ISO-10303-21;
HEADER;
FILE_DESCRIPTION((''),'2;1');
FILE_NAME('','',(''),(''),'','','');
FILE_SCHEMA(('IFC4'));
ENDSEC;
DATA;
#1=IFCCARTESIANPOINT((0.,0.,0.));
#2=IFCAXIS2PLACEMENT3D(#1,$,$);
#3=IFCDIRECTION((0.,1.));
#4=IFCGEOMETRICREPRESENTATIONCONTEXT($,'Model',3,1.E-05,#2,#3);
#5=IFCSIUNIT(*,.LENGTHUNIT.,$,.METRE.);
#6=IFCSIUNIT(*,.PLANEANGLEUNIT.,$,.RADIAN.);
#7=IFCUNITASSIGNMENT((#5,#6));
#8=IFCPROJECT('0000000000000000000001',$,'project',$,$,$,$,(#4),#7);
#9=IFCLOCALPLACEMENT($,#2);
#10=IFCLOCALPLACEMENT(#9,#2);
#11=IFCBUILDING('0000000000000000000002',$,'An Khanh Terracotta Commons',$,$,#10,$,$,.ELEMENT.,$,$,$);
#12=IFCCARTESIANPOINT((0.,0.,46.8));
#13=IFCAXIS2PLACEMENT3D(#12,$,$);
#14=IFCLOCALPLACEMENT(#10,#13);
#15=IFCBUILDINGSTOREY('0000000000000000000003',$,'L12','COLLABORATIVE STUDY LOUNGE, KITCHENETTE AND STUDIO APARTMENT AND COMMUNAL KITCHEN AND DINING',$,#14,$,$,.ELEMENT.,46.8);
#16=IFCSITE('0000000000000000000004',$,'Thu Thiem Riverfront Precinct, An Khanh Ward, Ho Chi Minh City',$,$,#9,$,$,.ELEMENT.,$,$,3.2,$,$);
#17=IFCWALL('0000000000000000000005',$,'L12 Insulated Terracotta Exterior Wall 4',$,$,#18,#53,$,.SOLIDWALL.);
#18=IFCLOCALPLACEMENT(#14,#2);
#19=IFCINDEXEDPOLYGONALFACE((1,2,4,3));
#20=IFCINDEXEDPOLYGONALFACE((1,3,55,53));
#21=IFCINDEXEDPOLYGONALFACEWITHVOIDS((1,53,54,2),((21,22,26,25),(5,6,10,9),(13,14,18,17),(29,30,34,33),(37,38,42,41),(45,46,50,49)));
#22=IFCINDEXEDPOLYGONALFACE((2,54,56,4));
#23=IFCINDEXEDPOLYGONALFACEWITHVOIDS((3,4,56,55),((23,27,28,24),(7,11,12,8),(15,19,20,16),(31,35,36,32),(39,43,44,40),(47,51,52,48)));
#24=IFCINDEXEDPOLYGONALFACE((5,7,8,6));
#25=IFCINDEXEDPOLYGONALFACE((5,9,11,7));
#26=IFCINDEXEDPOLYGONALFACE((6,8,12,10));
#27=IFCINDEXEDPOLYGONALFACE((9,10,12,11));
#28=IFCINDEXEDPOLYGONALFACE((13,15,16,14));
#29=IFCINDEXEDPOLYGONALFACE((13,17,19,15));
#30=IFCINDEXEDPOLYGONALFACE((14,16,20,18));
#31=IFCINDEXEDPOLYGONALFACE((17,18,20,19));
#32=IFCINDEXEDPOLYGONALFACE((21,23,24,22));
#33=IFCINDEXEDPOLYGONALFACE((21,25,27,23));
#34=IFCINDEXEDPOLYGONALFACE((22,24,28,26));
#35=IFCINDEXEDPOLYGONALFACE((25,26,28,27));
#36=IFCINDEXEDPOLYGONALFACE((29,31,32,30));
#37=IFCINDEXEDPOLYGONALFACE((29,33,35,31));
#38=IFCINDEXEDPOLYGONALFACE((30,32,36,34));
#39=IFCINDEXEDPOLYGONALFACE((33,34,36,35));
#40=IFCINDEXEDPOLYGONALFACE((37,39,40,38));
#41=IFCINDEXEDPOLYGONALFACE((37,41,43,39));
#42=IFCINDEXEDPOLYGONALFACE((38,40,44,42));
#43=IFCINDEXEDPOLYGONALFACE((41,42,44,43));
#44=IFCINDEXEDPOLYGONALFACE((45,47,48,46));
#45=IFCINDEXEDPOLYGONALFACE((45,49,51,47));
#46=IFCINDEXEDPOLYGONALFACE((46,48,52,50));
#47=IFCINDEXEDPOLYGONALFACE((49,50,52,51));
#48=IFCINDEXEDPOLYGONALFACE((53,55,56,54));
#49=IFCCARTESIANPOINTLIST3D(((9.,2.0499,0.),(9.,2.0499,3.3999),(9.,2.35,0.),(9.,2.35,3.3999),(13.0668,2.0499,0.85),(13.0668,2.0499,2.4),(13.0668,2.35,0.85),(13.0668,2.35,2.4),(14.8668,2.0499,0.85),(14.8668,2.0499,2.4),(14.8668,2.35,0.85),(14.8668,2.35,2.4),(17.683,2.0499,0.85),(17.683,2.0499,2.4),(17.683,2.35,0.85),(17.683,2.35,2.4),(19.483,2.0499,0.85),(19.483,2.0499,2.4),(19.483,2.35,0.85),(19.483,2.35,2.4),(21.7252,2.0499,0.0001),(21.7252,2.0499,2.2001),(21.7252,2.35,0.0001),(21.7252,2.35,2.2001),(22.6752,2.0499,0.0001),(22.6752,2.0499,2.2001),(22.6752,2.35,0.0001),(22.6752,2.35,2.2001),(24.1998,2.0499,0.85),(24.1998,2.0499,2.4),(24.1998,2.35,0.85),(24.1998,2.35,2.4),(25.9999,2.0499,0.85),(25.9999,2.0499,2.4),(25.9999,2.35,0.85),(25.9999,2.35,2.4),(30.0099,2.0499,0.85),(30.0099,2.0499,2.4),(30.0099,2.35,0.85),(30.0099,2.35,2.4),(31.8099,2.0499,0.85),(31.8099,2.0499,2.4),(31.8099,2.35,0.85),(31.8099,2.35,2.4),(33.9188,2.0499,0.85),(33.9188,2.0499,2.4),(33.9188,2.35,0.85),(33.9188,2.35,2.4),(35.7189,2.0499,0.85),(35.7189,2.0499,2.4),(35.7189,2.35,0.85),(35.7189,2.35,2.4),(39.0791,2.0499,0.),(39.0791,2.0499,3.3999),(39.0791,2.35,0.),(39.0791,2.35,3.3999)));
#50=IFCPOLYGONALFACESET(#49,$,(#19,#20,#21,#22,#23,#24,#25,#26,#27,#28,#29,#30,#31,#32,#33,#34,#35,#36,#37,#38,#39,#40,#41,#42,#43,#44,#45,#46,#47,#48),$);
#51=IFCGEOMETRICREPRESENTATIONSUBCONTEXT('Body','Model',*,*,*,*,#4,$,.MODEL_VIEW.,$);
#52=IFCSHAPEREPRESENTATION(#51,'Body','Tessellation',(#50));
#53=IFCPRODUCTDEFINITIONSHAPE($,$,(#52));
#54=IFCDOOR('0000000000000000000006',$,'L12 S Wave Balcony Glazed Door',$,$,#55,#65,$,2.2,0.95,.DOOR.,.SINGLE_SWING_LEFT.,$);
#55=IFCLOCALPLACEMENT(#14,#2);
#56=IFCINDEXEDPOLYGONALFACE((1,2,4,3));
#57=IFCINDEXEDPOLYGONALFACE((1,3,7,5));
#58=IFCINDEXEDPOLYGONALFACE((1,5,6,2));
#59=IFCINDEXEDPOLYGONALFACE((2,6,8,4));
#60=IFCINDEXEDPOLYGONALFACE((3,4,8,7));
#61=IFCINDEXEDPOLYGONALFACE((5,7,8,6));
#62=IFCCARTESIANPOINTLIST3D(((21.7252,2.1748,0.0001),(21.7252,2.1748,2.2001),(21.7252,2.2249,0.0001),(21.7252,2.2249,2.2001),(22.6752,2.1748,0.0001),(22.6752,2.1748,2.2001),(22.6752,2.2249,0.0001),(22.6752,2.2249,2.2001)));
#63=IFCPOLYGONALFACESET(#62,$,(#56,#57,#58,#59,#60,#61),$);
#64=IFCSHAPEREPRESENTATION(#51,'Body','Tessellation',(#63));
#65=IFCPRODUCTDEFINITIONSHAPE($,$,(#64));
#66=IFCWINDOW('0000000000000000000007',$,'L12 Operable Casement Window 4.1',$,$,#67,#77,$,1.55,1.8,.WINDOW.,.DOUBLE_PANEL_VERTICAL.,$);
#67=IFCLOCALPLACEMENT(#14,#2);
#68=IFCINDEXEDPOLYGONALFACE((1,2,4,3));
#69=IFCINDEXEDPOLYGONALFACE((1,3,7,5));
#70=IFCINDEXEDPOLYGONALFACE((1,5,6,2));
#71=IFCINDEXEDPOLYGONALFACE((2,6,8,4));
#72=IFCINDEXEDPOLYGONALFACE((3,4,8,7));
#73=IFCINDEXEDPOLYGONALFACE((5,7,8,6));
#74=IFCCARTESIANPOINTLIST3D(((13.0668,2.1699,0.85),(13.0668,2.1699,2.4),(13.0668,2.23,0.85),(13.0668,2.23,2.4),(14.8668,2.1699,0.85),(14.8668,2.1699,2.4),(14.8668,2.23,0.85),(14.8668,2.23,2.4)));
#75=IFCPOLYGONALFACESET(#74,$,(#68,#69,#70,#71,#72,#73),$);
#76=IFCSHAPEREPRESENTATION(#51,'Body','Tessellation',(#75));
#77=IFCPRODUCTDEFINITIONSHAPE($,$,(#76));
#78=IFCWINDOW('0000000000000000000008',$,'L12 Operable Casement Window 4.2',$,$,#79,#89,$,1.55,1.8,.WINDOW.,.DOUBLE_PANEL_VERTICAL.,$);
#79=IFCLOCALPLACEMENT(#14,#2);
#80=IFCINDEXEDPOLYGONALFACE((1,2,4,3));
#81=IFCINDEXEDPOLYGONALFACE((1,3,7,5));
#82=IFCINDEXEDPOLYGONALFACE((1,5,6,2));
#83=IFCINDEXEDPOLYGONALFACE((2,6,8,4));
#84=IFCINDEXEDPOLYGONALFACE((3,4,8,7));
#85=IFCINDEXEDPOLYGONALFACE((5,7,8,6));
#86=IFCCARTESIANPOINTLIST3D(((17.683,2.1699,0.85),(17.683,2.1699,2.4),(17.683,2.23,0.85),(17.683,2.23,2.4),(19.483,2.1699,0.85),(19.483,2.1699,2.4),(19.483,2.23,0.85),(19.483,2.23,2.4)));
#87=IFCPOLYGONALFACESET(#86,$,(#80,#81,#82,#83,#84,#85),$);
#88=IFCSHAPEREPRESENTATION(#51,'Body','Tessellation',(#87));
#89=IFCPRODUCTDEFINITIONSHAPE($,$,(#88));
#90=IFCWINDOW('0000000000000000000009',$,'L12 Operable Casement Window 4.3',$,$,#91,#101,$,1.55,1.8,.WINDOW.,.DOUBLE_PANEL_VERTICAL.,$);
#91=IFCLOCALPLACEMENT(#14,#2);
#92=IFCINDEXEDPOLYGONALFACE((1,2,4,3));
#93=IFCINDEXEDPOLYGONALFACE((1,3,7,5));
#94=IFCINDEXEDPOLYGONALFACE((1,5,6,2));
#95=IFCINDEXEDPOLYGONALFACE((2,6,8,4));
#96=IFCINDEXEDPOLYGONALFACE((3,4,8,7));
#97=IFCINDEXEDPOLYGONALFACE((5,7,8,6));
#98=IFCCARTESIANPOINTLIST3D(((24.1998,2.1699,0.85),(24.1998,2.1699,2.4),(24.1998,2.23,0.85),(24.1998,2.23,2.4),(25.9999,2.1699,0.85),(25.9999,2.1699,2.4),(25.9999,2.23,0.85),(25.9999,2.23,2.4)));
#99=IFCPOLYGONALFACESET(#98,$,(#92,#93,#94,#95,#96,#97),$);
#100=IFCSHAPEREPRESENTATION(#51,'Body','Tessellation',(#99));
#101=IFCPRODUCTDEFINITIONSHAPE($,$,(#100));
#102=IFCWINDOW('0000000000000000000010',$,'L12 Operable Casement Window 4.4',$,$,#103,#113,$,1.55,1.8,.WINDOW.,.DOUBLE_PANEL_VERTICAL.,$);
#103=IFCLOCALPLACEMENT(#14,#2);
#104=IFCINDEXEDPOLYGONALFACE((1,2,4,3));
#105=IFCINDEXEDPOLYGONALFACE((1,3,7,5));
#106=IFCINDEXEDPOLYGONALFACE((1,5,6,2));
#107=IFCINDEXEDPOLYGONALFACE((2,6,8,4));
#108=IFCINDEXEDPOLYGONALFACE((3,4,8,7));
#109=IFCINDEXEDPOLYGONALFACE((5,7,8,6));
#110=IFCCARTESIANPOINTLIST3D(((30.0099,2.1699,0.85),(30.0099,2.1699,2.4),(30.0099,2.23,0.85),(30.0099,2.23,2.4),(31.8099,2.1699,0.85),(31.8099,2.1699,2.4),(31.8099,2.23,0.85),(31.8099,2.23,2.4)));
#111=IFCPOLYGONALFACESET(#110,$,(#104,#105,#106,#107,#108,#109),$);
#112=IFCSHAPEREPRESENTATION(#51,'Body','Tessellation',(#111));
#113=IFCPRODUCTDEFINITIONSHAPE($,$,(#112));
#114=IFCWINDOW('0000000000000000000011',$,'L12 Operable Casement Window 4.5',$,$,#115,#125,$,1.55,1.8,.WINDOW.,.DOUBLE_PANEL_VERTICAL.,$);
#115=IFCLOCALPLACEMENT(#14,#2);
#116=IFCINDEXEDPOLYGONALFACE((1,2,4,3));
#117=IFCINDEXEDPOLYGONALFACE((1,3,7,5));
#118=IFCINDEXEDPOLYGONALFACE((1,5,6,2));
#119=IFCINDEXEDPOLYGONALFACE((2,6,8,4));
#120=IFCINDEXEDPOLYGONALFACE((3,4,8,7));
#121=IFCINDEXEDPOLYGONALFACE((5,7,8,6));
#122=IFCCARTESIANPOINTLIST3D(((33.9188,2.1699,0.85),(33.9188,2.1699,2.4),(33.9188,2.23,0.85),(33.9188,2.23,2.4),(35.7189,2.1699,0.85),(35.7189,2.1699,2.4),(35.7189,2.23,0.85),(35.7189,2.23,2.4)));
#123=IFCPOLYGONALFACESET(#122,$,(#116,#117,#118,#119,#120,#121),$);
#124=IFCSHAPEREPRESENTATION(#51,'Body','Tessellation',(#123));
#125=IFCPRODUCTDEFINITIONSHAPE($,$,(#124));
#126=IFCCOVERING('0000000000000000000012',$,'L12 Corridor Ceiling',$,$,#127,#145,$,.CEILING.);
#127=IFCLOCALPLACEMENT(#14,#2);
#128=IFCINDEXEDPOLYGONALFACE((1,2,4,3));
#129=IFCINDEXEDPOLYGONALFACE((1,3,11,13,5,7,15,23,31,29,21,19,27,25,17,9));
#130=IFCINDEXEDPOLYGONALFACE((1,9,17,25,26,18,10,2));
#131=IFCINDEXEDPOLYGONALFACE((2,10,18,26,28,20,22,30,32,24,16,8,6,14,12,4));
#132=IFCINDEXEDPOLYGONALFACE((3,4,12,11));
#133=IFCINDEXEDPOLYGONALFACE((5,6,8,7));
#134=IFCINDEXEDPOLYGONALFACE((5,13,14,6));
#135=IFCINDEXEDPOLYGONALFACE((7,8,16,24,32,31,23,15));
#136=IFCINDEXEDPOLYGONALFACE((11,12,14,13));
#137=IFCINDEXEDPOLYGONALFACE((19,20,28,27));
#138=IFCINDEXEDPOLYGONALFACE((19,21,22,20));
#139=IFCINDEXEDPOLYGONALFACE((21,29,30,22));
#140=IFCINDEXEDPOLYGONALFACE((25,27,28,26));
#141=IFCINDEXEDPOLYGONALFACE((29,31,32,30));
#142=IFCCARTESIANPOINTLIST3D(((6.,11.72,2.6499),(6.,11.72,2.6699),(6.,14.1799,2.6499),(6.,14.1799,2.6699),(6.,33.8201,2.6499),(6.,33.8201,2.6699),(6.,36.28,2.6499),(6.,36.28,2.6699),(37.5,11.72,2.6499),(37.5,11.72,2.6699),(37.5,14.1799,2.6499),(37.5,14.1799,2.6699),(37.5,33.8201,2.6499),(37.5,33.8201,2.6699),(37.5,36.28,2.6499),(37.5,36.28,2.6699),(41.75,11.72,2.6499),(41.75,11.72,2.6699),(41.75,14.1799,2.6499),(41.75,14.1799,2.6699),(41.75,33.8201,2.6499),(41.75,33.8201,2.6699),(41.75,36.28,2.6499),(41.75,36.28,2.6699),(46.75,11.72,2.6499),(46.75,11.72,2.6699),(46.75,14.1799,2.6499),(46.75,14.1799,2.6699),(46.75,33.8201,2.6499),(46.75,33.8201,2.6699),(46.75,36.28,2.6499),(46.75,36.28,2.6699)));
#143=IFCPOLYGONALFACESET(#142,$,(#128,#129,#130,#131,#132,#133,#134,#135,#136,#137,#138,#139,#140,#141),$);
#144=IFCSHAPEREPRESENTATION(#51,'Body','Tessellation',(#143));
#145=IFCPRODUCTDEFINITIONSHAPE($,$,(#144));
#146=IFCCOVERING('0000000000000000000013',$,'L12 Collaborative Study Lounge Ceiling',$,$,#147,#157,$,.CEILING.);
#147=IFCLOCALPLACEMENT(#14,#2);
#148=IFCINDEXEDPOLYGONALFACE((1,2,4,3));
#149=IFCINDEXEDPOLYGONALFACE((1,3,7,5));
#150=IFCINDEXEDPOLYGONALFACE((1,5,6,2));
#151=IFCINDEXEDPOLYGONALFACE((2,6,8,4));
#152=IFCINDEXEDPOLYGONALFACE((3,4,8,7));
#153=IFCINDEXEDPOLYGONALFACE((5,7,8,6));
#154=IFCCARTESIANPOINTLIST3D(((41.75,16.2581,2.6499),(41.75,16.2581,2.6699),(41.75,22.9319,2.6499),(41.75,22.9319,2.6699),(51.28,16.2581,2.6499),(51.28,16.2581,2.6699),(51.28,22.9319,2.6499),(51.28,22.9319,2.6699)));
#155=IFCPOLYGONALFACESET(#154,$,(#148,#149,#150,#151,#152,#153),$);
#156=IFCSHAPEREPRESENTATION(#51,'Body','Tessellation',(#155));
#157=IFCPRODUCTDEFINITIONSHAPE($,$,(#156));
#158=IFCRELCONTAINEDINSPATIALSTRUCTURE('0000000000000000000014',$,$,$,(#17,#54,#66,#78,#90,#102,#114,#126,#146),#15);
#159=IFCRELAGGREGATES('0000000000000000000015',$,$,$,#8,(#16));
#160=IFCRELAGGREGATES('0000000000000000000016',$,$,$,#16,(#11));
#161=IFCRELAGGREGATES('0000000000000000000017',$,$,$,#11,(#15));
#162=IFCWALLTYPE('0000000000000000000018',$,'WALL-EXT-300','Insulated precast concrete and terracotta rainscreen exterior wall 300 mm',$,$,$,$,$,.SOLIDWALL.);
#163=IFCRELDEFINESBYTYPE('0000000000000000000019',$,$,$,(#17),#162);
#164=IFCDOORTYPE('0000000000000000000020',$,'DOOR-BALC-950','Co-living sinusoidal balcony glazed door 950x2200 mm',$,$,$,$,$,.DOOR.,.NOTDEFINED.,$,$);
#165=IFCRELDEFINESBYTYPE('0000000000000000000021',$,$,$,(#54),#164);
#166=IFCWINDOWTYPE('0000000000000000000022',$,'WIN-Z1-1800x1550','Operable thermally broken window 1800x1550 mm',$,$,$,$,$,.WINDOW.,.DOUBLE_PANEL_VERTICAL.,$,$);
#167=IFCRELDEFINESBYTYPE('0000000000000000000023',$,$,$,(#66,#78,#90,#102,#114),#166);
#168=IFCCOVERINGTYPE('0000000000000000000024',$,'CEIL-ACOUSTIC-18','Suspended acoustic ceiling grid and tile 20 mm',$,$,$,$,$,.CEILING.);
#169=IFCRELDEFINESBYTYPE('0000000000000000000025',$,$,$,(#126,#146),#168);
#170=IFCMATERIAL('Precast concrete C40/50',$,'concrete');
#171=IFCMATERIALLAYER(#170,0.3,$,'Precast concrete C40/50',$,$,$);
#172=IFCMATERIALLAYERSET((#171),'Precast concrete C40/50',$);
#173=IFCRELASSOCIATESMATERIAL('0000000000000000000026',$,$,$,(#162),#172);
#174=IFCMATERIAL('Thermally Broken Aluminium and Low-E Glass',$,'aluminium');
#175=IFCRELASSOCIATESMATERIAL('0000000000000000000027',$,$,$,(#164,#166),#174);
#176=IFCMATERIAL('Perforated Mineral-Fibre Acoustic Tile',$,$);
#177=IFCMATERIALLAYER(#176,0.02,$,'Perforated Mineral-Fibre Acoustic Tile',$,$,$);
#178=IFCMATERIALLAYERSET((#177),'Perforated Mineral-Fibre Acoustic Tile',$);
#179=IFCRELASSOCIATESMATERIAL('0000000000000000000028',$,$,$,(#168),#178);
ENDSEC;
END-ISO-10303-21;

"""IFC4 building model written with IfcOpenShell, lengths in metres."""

from ifc_helpers import new_model, si_unit, direction, frame, frame_2d, origin, place, context, subcontext, project, spatial, polyline, rectangle, outline, extrude, material, layer, layer_set, type_object, element, fill, save


model = new_model("IFC4")

# Units and contexts
model_context = context("Model", 3, precision=1e-05, world=origin(), true_north=direction((0.0, 1.0)))
body_context = subcontext(model_context, "Body", "Model", "MODEL_VIEW")
ifc_project = project(units=[si_unit("LENGTHUNIT", "METRE"), si_unit("PLANEANGLEUNIT", "RADIAN")], contexts=[model_context])

# Site, building, storey
site_placement = place(None, origin())
site = spatial("IfcSite", under=ifc_project, at=site_placement, Name="Thu Thiem Riverfront Precinct, An Khanh Ward, Ho Chi Minh City", CompositionType="ELEMENT", RefElevation=3.2)
building_placement = place(site_placement, origin())
building = spatial("IfcBuilding", under=site, at=building_placement, Name="An Khanh Terracotta Commons", CompositionType="ELEMENT")
storey_placement = place(building_placement, frame((0.0, 0.0, 46.8)))
storey = spatial("IfcBuildingStorey", under=building, at=storey_placement, Name="L12", Description="COLLABORATIVE STUDY LOUNGE, KITCHENETTE AND STUDIO APARTMENT AND COMMUNAL KITCHEN AND DINING", CompositionType="ELEMENT", Elevation=46.8)

# Shared definitions
ifc_material_1 = material(Name="Precast concrete C40/50", Category="concrete")

# Shared definitions
ifc_layer_1 = layer(ifc_material_1, 0.3, Name="Precast concrete C40/50")
ifc_layer_set_1 = layer_set([ifc_layer_1], Name="Precast concrete C40/50")
wall_type = type_object("IfcWallType", Name="WALL-EXT-300", Description="Insulated precast concrete and terracotta rainscreen exterior wall 300 mm", PredefinedType="SOLIDWALL", material=ifc_layer_set_1)

# Wall, openings, door, windows
wall_1_placement = place(storey_placement, frame((9.0, 2.2, 0.0), z_axis=(0.0, 0.0, 1.0), x_axis=(1.0, 0.0, 0.0)))
wall_1 = element("IfcWall", 1, at=wall_1_placement, inside=storey, type_object=wall_type, Name="L12 Insulated Terracotta Exterior Wall 4", PredefinedType="SOLIDWALL", context=body_context, shape_type="SweptSolid", body=[
    extrude(rectangle(XDim=30.0791, YDim=0.3, at=frame_2d((15.0396, 0.0))), origin(), (0.0, 0.0, 1.0), 3.3999),
])
opening_1_placement = place(wall_1_placement, frame((12.7251, 0.0, 0.0)))
opening_1 = element("IfcOpeningElement", 2, at=opening_1_placement, cuts=wall_1, PredefinedType="OPENING", context=body_context, shape_type="SweptSolid", body=[
    extrude(rectangle(XDim=0.95, YDim=2.2, at=frame_2d((0.4751, 1.1001))), frame((0.0, 0.1599, 0.0), z_axis=(0.0, -1.0, 0.0), x_axis=(1.0, 0.0, 0.0)), (0.0, 0.0, 1.0), 0.3201),
])
opening_2_placement = place(wall_1_placement, frame((4.0669, 0.0, 0.8501)))
opening_2 = element("IfcOpeningElement", 3, at=opening_2_placement, cuts=wall_1, PredefinedType="OPENING", context=body_context, shape_type="SweptSolid", body=[
    extrude(rectangle(XDim=1.8, YDim=1.55, at=frame_2d((0.8999, 0.7749))), frame((0.0, 0.1599, 0.0), z_axis=(0.0, -1.0, 0.0), x_axis=(1.0, 0.0, 0.0)), (0.0, 0.0, 1.0), 0.3201),
])
opening_3_placement = place(wall_1_placement, frame((8.6831, 0.0, 0.8501)))
opening_3 = element("IfcOpeningElement", 4, at=opening_3_placement, cuts=wall_1, PredefinedType="OPENING", context=body_context, shape_type="SweptSolid", body=[
    extrude(rectangle(XDim=1.8, YDim=1.55, at=frame_2d((0.8999, 0.7749))), frame((0.0, 0.1599, 0.0), z_axis=(0.0, -1.0, 0.0), x_axis=(1.0, 0.0, 0.0)), (0.0, 0.0, 1.0), 0.3201),
])
opening_4_placement = place(wall_1_placement, frame((15.2, 0.0, 0.8501)))
opening_4 = element("IfcOpeningElement", 5, at=opening_4_placement, cuts=wall_1, PredefinedType="OPENING", context=body_context, shape_type="SweptSolid", body=[
    extrude(rectangle(XDim=1.8, YDim=1.55, at=frame_2d((0.8999, 0.7749))), frame((0.0, 0.1599, 0.0), z_axis=(0.0, -1.0, 0.0), x_axis=(1.0, 0.0, 0.0)), (0.0, 0.0, 1.0), 0.3201),
])
opening_5_placement = place(wall_1_placement, frame((21.01, 0.0, 0.8501)))
opening_5 = element("IfcOpeningElement", 6, at=opening_5_placement, cuts=wall_1, PredefinedType="OPENING", context=body_context, shape_type="SweptSolid", body=[
    extrude(rectangle(XDim=1.8, YDim=1.55, at=frame_2d((0.8999, 0.7749))), frame((0.0, 0.1599, 0.0), z_axis=(0.0, -1.0, 0.0), x_axis=(1.0, 0.0, 0.0)), (0.0, 0.0, 1.0), 0.3201),
])
opening_6_placement = place(wall_1_placement, frame((24.9189, 0.0, 0.8501)))
opening_6 = element("IfcOpeningElement", 7, at=opening_6_placement, cuts=wall_1, PredefinedType="OPENING", context=body_context, shape_type="SweptSolid", body=[
    extrude(rectangle(XDim=1.8, YDim=1.55, at=frame_2d((0.8999, 0.7749))), frame((0.0, 0.1599, 0.0), z_axis=(0.0, -1.0, 0.0), x_axis=(1.0, 0.0, 0.0)), (0.0, 0.0, 1.0), 0.3201),
])
ifc_material_2 = material(Name="Thermally Broken Aluminium and Low-E Glass", Category="aluminium")
door_type = type_object("IfcDoorType", Name="DOOR-BALC-950", Description="Co-living sinusoidal balcony glazed door 950x2200 mm", OperationType="NOTDEFINED", PredefinedType="DOOR", material=ifc_material_2)
door_placement = place(opening_1_placement, origin())
door = element("IfcDoor", 8, at=door_placement, inside=storey, type_object=door_type, Name="L12 S Wave Balcony Glazed Door", OperationType="SINGLE_SWING_LEFT", OverallHeight=2.2, OverallWidth=0.95, PredefinedType="DOOR", context=body_context, shape_type="SweptSolid", body=[
    extrude(rectangle(XDim=0.95, YDim=2.2, at=frame_2d((0.4751, 1.1001))), frame((0.0, 0.0249, 0.0), z_axis=(0.0, -1.0, 0.0), x_axis=(1.0, 0.0, 0.0)), (0.0, 0.0, 1.0), 0.05),
])
fill(opening_1, door)
window_type = type_object("IfcWindowType", Name="WIN-Z1-1800x1550", Description="Operable thermally broken window 1800x1550 mm", PartitioningType="DOUBLE_PANEL_VERTICAL", PredefinedType="WINDOW", material=ifc_material_2)
window_1_placement = place(opening_2_placement, origin())
window_1 = element("IfcWindow", 9, at=window_1_placement, inside=storey, type_object=window_type, Name="L12 Operable Casement Window 4.1", OverallHeight=1.55, OverallWidth=1.8, PartitioningType="DOUBLE_PANEL_VERTICAL", PredefinedType="WINDOW", context=body_context, shape_type="SweptSolid", body=[
    extrude(rectangle(XDim=1.8, YDim=1.55, at=frame_2d((0.8999, 0.7749))), frame((0.0, 0.03, 0.0), z_axis=(0.0, -1.0, 0.0), x_axis=(1.0, 0.0, 0.0)), (0.0, 0.0, 1.0), 0.0601),
])
fill(opening_2, window_1)
window_2_placement = place(opening_3_placement, origin())
window_2 = element("IfcWindow", 10, at=window_2_placement, inside=storey, type_object=window_type, Name="L12 Operable Casement Window 4.2", OverallHeight=1.55, OverallWidth=1.8, PartitioningType="DOUBLE_PANEL_VERTICAL", PredefinedType="WINDOW", context=body_context, shape_type="SweptSolid", body=[
    extrude(rectangle(XDim=1.8, YDim=1.55, at=frame_2d((0.8999, 0.7749))), frame((0.0, 0.03, 0.0), z_axis=(0.0, -1.0, 0.0), x_axis=(1.0, 0.0, 0.0)), (0.0, 0.0, 1.0), 0.0601),
])
fill(opening_3, window_2)
window_3_placement = place(opening_4_placement, origin())
window_3 = element("IfcWindow", 11, at=window_3_placement, inside=storey, type_object=window_type, Name="L12 Operable Casement Window 4.3", OverallHeight=1.55, OverallWidth=1.8, PartitioningType="DOUBLE_PANEL_VERTICAL", PredefinedType="WINDOW", context=body_context, shape_type="SweptSolid", body=[
    extrude(rectangle(XDim=1.8, YDim=1.55, at=frame_2d((0.8999, 0.7749))), frame((0.0, 0.03, 0.0), z_axis=(0.0, -1.0, 0.0), x_axis=(1.0, 0.0, 0.0)), (0.0, 0.0, 1.0), 0.0601),
])
fill(opening_4, window_3)
window_4_placement = place(opening_5_placement, origin())
window_4 = element("IfcWindow", 12, at=window_4_placement, inside=storey, type_object=window_type, Name="L12 Operable Casement Window 4.4", OverallHeight=1.55, OverallWidth=1.8, PartitioningType="DOUBLE_PANEL_VERTICAL", PredefinedType="WINDOW", context=body_context, shape_type="SweptSolid", body=[
    extrude(rectangle(XDim=1.8, YDim=1.55, at=frame_2d((0.8999, 0.7749))), frame((0.0, 0.03, 0.0), z_axis=(0.0, -1.0, 0.0), x_axis=(1.0, 0.0, 0.0)), (0.0, 0.0, 1.0), 0.0601),
])
fill(opening_5, window_4)
window_5_placement = place(opening_6_placement, origin())
window_5 = element("IfcWindow", 13, at=window_5_placement, inside=storey, type_object=window_type, Name="L12 Operable Casement Window 4.5", OverallHeight=1.55, OverallWidth=1.8, PartitioningType="DOUBLE_PANEL_VERTICAL", PredefinedType="WINDOW", context=body_context, shape_type="SweptSolid", body=[
    extrude(rectangle(XDim=1.8, YDim=1.55, at=frame_2d((0.8999, 0.7749))), frame((0.0, 0.03, 0.0), z_axis=(0.0, -1.0, 0.0), x_axis=(1.0, 0.0, 0.0)), (0.0, 0.0, 1.0), 0.0601),
])
fill(opening_6, window_5)

# Coverings
ifc_material_3 = material(Name="Perforated Mineral-Fibre Acoustic Tile")
ifc_layer_2 = layer(ifc_material_3, 0.02, Name="Perforated Mineral-Fibre Acoustic Tile")
ifc_layer_set_2 = layer_set([ifc_layer_2], Name="Perforated Mineral-Fibre Acoustic Tile")
covering_type = type_object("IfcCoveringType", Name="CEIL-ACOUSTIC-18", Description="Suspended acoustic ceiling grid and tile 20 mm", PredefinedType="CEILING", material=ifc_layer_set_2)
covering_1_placement = place(storey_placement, frame((0.0, 0.0, 2.6499)))
element("IfcCovering", 14, at=covering_1_placement, inside=storey, type_object=covering_type, Name="L12 Corridor Ceiling", PredefinedType="CEILING", context=body_context, shape_type="SweptSolid", body=[
    extrude(outline(polyline([(37.5, 14.1799), (37.5, 33.8201), (6.0, 33.8201), (6.0, 36.28), (37.5, 36.28), (41.75, 36.28), (46.75, 36.28), (46.75, 33.8201), (41.75, 33.8201), (41.75, 14.1799), (46.75, 14.1799), (46.75, 11.72), (41.75, 11.72), (37.5, 11.72), (6.0, 11.72), (6.0, 14.1799), (37.5, 14.1799)])), origin(), (0.0, 0.0, 1.0), 0.02),
])
covering_2_placement = place(storey_placement, frame((0.0, 0.0, 2.6499)))
element("IfcCovering", 15, at=covering_2_placement, inside=storey, type_object=covering_type, Name="L12 Collaborative Study Lounge Ceiling", PredefinedType="CEILING", context=body_context, shape_type="SweptSolid", body=[
    extrude(outline(polyline([(51.28, 16.2581), (41.75, 16.2581), (41.75, 22.9319), (51.28, 22.9319), (51.28, 16.2581)])), origin(), (0.0, 0.0, 1.0), 0.02),
])

save(model, "model.ifc")
